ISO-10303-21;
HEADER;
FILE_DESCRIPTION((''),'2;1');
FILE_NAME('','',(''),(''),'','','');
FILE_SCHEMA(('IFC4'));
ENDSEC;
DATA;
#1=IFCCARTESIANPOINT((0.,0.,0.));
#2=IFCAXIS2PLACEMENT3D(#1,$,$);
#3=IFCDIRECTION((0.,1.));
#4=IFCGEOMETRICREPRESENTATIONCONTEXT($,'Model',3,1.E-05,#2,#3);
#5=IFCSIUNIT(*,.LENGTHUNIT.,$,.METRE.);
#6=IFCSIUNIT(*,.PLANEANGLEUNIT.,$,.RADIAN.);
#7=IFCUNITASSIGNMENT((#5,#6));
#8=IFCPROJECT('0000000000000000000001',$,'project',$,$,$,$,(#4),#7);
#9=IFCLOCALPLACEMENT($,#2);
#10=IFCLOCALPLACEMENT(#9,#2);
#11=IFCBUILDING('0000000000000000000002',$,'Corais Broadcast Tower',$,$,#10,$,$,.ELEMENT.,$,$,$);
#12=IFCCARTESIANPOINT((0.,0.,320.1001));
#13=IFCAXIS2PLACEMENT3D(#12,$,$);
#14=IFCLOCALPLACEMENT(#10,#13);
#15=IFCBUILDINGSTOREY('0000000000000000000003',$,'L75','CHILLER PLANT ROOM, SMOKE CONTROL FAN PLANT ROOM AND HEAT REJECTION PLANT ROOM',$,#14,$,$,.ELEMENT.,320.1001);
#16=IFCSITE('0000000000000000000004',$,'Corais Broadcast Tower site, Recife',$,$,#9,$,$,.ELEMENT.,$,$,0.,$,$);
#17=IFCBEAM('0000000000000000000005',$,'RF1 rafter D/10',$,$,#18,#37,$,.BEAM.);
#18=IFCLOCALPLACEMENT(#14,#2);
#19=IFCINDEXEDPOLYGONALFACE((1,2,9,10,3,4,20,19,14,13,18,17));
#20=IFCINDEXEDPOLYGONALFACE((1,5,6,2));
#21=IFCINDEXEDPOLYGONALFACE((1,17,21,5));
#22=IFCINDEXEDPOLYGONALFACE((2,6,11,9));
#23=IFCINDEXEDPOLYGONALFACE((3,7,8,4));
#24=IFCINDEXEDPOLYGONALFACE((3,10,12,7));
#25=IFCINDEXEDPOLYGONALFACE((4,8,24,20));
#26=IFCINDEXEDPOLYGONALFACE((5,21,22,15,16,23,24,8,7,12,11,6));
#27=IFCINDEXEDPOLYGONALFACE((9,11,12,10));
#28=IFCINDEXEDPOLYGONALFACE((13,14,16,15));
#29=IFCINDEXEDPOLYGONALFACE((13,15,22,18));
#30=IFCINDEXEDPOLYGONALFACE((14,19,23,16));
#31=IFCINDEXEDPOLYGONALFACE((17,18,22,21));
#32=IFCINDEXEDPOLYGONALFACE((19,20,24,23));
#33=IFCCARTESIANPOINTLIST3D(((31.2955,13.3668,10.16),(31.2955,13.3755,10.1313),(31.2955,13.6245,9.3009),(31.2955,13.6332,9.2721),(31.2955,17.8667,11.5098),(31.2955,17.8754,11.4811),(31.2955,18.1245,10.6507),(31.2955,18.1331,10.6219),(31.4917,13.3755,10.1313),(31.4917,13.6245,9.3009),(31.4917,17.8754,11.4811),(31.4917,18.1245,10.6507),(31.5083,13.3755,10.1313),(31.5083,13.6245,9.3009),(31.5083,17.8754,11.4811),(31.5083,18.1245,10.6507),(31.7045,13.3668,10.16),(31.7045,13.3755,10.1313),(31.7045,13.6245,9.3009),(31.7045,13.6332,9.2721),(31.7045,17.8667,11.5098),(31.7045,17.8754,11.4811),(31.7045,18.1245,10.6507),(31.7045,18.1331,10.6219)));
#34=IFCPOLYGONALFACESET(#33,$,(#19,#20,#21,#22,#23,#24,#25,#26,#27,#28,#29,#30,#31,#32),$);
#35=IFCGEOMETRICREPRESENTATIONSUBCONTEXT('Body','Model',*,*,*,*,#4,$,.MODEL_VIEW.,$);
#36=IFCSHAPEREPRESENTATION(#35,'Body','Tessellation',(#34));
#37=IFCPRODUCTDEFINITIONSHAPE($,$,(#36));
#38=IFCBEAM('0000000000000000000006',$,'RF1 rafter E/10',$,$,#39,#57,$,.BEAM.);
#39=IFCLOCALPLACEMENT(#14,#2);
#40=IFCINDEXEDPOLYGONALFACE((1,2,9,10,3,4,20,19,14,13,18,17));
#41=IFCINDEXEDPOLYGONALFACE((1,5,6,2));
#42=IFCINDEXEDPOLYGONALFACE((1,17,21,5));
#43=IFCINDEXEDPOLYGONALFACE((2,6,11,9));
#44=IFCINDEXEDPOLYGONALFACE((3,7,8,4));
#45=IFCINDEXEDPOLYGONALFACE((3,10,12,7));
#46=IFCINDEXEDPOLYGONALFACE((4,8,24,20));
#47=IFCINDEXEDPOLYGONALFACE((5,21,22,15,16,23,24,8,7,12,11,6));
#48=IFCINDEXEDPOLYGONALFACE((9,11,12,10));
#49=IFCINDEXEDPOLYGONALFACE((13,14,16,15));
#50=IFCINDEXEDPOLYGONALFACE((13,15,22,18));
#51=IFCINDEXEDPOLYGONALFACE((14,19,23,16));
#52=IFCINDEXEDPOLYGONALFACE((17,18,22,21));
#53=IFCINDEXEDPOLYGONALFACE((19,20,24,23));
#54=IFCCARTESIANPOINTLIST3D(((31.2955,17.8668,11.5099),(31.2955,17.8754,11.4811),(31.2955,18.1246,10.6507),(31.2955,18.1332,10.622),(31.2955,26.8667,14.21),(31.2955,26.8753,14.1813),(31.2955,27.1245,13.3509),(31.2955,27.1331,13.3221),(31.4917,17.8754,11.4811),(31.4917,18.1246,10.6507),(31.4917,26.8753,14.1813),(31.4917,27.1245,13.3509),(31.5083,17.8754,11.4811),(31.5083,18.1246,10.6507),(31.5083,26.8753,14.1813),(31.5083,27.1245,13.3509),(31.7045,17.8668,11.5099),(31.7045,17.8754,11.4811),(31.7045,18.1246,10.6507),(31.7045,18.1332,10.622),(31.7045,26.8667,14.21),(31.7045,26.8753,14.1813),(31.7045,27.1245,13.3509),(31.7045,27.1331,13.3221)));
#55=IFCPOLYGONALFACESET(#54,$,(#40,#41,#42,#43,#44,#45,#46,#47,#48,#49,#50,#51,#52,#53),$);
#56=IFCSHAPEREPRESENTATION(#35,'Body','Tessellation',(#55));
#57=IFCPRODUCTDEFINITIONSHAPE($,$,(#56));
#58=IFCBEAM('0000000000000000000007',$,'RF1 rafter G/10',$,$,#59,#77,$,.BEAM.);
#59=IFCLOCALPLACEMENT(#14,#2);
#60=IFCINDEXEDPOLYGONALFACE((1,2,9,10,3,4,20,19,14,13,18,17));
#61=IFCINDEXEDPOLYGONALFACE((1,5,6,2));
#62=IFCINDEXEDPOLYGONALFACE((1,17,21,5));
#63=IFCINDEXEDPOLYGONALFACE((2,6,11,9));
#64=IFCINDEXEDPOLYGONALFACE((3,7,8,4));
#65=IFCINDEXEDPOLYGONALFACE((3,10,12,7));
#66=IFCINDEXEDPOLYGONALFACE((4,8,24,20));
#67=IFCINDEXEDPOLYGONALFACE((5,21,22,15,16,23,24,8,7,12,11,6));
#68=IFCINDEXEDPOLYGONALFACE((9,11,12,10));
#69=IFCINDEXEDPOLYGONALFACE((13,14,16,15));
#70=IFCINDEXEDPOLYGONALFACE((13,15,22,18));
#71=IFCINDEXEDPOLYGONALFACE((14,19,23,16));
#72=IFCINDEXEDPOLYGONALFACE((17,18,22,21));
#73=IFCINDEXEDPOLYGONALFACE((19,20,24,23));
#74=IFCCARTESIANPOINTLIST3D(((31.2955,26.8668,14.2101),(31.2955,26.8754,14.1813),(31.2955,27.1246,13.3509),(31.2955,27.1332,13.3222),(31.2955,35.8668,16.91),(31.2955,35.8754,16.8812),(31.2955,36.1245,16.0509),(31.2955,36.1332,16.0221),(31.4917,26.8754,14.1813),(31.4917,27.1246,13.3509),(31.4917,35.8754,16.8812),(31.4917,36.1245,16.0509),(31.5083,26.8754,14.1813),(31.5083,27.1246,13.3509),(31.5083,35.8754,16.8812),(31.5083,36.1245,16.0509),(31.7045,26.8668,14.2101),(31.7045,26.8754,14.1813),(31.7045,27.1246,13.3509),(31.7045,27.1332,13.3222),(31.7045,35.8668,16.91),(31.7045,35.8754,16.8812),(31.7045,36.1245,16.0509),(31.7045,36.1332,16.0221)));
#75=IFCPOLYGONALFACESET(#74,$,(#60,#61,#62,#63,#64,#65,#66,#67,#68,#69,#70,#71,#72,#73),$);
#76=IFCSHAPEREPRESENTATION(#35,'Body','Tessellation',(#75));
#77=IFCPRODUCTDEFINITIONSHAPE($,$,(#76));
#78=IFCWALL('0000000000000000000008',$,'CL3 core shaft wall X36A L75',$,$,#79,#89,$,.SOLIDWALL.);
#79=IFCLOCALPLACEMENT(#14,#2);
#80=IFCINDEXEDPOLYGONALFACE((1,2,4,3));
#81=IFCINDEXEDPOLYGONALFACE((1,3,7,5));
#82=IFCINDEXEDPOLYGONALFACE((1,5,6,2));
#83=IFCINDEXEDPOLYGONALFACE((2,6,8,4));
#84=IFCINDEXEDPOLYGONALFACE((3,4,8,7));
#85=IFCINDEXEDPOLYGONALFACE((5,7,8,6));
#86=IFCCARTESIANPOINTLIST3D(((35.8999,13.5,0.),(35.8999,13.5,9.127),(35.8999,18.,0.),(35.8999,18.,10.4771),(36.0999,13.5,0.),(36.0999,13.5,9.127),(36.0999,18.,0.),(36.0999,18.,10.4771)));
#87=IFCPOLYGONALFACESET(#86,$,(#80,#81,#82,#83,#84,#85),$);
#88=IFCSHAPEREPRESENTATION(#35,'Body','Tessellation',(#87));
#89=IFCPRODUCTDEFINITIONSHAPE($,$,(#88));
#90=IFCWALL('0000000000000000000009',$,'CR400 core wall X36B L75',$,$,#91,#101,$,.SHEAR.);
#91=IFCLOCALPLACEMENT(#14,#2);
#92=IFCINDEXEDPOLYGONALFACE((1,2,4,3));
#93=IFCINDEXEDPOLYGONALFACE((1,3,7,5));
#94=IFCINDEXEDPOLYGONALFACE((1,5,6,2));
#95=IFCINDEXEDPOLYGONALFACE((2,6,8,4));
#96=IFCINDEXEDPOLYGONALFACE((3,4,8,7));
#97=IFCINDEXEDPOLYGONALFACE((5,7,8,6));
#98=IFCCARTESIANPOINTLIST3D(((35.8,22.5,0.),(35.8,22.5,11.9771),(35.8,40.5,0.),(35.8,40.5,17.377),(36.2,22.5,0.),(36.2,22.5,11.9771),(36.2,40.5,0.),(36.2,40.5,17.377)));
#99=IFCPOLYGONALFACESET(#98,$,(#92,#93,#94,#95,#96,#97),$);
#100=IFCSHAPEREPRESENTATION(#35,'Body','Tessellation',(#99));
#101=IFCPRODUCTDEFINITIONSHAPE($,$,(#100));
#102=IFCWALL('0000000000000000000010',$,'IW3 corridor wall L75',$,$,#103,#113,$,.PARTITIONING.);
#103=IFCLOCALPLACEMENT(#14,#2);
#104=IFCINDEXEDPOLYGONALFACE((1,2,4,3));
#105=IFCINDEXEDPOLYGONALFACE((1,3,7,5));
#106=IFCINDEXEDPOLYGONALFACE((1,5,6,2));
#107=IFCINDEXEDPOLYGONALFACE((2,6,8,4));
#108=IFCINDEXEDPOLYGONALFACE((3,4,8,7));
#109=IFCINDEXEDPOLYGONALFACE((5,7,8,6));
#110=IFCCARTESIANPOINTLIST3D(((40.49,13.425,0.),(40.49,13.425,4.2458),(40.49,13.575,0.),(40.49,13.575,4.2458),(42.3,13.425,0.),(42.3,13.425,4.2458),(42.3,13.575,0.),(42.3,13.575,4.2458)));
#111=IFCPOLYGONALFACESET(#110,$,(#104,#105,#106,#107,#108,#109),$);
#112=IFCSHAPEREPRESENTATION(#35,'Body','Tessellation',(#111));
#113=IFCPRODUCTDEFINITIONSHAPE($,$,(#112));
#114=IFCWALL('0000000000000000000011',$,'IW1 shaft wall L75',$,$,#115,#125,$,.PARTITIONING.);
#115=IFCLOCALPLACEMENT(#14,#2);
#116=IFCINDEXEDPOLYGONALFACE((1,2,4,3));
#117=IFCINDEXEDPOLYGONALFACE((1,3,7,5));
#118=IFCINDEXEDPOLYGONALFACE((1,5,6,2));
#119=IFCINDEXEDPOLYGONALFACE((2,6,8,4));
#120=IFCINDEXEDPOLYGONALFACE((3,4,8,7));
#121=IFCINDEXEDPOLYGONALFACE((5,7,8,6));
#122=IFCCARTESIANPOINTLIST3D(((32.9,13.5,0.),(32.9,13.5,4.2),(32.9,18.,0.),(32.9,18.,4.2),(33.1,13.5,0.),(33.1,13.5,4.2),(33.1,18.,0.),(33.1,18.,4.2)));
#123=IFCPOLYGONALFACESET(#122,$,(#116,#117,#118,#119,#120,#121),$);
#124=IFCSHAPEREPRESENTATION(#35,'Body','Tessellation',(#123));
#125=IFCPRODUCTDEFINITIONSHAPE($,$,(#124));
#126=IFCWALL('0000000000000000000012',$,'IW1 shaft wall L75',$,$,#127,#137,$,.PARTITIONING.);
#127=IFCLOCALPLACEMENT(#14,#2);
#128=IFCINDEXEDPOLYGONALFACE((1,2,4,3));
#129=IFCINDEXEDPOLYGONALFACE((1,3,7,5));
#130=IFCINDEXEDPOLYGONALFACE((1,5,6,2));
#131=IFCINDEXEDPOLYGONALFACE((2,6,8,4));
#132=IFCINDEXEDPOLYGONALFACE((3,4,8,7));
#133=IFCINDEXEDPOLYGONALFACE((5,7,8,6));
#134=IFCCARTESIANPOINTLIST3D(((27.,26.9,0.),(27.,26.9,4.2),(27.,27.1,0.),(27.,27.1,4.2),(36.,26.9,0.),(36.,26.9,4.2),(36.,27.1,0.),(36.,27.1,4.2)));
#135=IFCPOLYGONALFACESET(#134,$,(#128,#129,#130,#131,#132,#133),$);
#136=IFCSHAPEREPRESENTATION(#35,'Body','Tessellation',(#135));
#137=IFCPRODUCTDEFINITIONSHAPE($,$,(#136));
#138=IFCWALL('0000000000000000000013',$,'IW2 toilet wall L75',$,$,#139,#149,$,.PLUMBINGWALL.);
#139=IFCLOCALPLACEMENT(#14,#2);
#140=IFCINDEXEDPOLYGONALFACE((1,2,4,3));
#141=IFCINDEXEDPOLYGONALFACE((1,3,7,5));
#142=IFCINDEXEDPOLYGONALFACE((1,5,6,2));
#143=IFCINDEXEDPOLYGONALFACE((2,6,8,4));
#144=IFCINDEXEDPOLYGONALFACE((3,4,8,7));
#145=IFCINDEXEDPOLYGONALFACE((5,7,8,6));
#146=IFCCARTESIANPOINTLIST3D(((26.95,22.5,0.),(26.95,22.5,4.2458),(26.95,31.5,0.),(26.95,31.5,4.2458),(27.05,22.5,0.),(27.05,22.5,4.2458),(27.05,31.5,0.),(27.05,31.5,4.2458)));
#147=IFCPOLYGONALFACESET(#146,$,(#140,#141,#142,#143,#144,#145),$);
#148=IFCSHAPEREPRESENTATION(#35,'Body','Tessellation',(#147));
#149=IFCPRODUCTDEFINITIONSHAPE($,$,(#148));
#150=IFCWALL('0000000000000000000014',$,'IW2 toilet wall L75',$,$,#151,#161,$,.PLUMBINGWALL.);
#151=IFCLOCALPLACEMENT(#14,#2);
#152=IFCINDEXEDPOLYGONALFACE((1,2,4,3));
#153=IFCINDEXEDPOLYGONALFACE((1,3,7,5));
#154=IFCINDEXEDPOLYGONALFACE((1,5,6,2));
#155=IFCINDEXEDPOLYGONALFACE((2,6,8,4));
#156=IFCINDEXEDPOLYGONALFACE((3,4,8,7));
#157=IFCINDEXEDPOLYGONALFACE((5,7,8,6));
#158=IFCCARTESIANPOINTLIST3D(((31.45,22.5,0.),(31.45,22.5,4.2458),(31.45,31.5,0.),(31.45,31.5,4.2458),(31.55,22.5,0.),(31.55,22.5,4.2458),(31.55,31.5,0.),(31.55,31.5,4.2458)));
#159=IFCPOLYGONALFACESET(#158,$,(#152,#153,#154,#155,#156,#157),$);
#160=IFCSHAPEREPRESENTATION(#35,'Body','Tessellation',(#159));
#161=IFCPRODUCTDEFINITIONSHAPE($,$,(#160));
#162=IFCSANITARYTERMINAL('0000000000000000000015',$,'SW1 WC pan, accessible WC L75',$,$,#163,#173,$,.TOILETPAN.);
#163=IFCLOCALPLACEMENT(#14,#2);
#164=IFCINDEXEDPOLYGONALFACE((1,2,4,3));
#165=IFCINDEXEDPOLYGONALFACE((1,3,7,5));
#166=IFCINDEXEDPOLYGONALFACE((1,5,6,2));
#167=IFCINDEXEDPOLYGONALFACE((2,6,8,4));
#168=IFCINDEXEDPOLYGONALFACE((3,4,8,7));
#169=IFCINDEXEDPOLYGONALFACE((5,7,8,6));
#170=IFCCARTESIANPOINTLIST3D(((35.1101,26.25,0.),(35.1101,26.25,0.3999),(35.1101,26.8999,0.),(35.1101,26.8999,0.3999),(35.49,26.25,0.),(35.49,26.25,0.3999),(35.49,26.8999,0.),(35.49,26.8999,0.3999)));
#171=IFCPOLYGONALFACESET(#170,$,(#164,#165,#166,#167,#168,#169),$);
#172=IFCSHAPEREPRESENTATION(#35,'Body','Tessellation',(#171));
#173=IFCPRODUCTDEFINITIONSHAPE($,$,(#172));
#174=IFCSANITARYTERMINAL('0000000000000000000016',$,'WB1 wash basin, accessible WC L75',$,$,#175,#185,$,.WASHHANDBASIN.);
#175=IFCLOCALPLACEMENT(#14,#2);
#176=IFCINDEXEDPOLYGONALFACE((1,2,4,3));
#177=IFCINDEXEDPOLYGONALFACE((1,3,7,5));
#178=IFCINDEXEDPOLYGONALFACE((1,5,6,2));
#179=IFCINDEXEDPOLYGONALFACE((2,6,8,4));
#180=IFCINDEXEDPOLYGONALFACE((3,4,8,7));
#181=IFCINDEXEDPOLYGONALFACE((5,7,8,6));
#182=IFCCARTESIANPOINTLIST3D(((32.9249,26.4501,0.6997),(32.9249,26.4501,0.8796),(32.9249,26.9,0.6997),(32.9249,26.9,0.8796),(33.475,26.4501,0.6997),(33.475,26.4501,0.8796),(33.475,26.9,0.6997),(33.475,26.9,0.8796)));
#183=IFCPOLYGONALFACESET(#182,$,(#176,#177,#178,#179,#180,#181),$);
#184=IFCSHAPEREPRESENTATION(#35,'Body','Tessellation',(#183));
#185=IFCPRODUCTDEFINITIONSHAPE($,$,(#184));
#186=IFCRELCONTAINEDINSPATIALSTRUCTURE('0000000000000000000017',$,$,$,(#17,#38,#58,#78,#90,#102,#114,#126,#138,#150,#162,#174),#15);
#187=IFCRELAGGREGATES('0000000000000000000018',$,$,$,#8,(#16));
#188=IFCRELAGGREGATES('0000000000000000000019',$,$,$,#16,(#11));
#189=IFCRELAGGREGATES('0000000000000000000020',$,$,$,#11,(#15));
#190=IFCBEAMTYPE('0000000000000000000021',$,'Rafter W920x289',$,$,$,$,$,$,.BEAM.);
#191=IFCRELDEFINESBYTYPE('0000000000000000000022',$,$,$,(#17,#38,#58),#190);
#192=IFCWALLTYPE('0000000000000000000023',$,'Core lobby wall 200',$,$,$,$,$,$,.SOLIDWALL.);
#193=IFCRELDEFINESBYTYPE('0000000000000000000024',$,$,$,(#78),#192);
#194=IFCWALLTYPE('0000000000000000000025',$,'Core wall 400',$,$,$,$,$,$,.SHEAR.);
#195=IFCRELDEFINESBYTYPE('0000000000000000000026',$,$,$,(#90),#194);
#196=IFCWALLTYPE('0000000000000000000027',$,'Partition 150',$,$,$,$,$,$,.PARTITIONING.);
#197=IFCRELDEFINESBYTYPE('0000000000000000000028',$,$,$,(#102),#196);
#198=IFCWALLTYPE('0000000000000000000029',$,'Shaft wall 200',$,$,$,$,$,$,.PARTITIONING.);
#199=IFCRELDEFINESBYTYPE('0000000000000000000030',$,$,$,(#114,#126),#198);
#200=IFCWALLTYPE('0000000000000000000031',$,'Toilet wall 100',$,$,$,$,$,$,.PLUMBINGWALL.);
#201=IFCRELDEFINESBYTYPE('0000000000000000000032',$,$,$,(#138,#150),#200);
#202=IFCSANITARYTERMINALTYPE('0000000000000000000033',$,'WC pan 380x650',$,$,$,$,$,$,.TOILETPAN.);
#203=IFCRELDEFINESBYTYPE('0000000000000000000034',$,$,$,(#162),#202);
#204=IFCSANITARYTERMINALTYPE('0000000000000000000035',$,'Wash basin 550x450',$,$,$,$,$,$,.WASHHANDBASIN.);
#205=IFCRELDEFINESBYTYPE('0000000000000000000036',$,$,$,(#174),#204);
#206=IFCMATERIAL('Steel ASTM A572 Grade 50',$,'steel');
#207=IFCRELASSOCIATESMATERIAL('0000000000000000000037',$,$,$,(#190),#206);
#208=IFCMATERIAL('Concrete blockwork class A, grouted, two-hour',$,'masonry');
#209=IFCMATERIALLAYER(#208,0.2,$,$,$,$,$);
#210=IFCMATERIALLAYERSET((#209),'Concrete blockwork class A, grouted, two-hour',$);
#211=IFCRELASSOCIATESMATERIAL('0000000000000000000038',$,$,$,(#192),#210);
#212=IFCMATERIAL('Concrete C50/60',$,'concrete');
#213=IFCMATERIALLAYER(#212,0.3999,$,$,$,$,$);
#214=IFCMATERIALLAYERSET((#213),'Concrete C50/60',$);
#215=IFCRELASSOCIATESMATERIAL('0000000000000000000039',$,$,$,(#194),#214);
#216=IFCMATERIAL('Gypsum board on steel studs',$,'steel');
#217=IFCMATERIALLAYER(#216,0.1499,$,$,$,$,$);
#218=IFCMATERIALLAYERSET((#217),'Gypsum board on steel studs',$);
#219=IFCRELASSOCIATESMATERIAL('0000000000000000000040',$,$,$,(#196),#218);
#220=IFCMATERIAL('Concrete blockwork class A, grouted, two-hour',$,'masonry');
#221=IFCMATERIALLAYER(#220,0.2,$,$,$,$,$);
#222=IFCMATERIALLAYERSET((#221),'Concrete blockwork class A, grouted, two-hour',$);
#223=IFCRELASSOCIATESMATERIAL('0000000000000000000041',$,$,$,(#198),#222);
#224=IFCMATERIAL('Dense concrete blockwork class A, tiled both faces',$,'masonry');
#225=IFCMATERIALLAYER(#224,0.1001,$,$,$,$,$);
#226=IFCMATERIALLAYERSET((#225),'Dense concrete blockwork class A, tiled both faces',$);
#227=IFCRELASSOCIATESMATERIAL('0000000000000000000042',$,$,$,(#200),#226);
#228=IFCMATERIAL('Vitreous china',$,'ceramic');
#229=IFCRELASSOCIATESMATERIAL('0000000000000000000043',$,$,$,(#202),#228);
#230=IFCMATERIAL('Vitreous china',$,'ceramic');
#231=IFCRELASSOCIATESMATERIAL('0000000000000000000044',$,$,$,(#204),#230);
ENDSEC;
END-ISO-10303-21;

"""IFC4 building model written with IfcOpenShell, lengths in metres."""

from ifc_helpers import new_model, si_unit, direction, frame, frame_2d, origin, origin_2d, place, context, subcontext, project, spatial, polyline, rectangle, i_section, outline, extrude, material, layer, layer_set, material_profile, profile_set, type_object, element, save


model = new_model("IFC4")

# Units and contexts
model_context = context("Model", 3, precision=1e-05, world=origin(), true_north=direction((0.0, 1.0)))
body_context = subcontext(model_context, "Body", "Model", "MODEL_VIEW")
ifc_project = project(units=[si_unit("LENGTHUNIT", "METRE"), si_unit("PLANEANGLEUNIT", "RADIAN")], contexts=[model_context])

# Site, building, storey
site_placement = place(None, origin())
site = spatial("IfcSite", under=ifc_project, at=site_placement, Name="Corais Broadcast Tower site, Recife", CompositionType="ELEMENT", RefElevation=0.0)
building_placement = place(site_placement, origin())
building = spatial("IfcBuilding", under=site, at=building_placement, Name="Corais Broadcast Tower", CompositionType="ELEMENT")
storey_placement = place(building_placement, frame((0.0, 0.0, 320.1001)))
storey = spatial("IfcBuildingStorey", under=building, at=storey_placement, Name="L75", Description="CHILLER PLANT ROOM, SMOKE CONTROL FAN PLANT ROOM AND HEAT REJECTION PLANT ROOM", CompositionType="ELEMENT", Elevation=320.1001)

# Beams
ifc_material_1 = material(Name="Steel ASTM A572 Grade 50", Category="steel")
ifc_material_profile_1 = material_profile(ifc_material_1, i_section(OverallWidth=0.4089, OverallDepth=0.927, WebThickness=0.0166, FlangeThickness=0.03, at=origin_2d()), Name="W920x289")
ifc_profile_set_1 = profile_set([ifc_material_profile_1], Name="Steel ASTM A572 Grade 50")
beam_type_1 = type_object("IfcBeamType", Name="Rafter W920x289", PredefinedType="BEAM", material=ifc_profile_set_1)
beam_1_placement = place(storey_placement, frame((31.5, 13.5, 9.7161), z_axis=(0.0, 0.957835, 0.287319), x_axis=(-1.0, 0.0, 0.0)))
element("IfcBeam", 1, at=beam_1_placement, inside=storey, type_object=beam_type_1, Name="RF1 rafter D/10", PredefinedType="BEAM", context=body_context, shape_type="SweptSolid", body=[
    extrude(i_section(OverallWidth=0.4089, OverallDepth=0.927, WebThickness=0.0166, FlangeThickness=0.03, at=origin_2d()), origin(), (0.0, 0.0, 1.0), 4.698),
])
for number, where, z_axis, x_axis, name in (
    (2, (31.5, 18.0, 11.0659), (0.0, 0.957821, 0.287367), (-1.0, 0.0, 0.0), "RF1 rafter E/10"),
    (3, (31.5, 27.0, 13.7661), (0.0, 0.957828, 0.287343), (-1.0, 0.0, 0.0), "RF1 rafter G/10"),
):
    element("IfcBeam", number, at=place(storey_placement, frame(where, z_axis=z_axis, x_axis=x_axis)), inside=storey, type_object=beam_type_1, Name=name, PredefinedType="BEAM", context=body_context, shape_type="SweptSolid", body=[
        extrude(i_section(OverallWidth=0.4089, OverallDepth=0.927, WebThickness=0.0166, FlangeThickness=0.03, at=origin_2d()), origin(), (0.0, 0.0, 1.0), 9.3962),
    ])

# Walls
ifc_material_2 = material(Name="Concrete blockwork class A, grouted, two-hour", Category="masonry")
ifc_layer_1 = layer(ifc_material_2, 0.2)
ifc_layer_set_1 = layer_set([ifc_layer_1], Name="Concrete blockwork class A, grouted, two-hour")
wall_type_1 = type_object("IfcWallType", Name="Core lobby wall 200", PredefinedType="SOLIDWALL", material=ifc_layer_set_1)
wall_1_placement = place(storey_placement, frame((36.0, 13.5, 0.0), z_axis=(0.0, 0.0, 1.0), x_axis=(0.0, 1.0, 0.0)))
element("IfcWall", 4, at=wall_1_placement, inside=storey, type_object=wall_type_1, Name="CL3 core shaft wall X36A L75", PredefinedType="SOLIDWALL", context=body_context, shape_type="SweptSolid", body=[
    extrude(outline(polyline([(0.0, 0.0), (4.5, 0.0), (4.5, 10.4771), (0.0, 9.127), (0.0, 0.0)])), frame((0.0, 0.1001, 0.0), z_axis=(0.0, -1.0, 0.0), x_axis=(1.0, 0.0, 0.0)), (0.0, 0.0, 1.0), 0.2),
])
ifc_material_3 = material(Name="Concrete C50/60", Category="concrete")
ifc_layer_2 = layer(ifc_material_3, 0.3999)
ifc_layer_set_2 = layer_set([ifc_layer_2], Name="Concrete C50/60")
wall_type_2 = type_object("IfcWallType", Name="Core wall 400", PredefinedType="SHEAR", material=ifc_layer_set_2)
wall_2_placement = place(storey_placement, frame((36.0, 22.5, 0.0), z_axis=(0.0, 0.0, 1.0), x_axis=(0.0, 1.0, 0.0)))
element("IfcWall", 5, at=wall_2_placement, inside=storey, type_object=wall_type_2, Name="CR400 core wall X36B L75", PredefinedType="SHEAR", context=body_context, shape_type="SweptSolid", body=[
    extrude(outline(polyline([(0.0, 0.0), (18.0, 0.0), (18.0, 17.377), (0.0, 11.9771), (0.0, 0.0)])), frame((0.0, 0.2, 0.0), z_axis=(0.0, -1.0, 0.0), x_axis=(1.0, 0.0, 0.0)), (0.0, 0.0, 1.0), 0.3999),
])
ifc_material_4 = material(Name="Gypsum board on steel studs", Category="steel")
ifc_layer_3 = layer(ifc_material_4, 0.1499)
ifc_layer_set_3 = layer_set([ifc_layer_3], Name="Gypsum board on steel studs")
wall_type_3 = type_object("IfcWallType", Name="Partition 150", PredefinedType="PARTITIONING", material=ifc_layer_set_3)
wall_3_placement = place(storey_placement, frame((40.49, 13.5, 0.0), z_axis=(0.0, 0.0, 1.0), x_axis=(1.0, 0.0, 0.0)))
element("IfcWall", 6, at=wall_3_placement, inside=storey, type_object=wall_type_3, Name="IW3 corridor wall L75", PredefinedType="PARTITIONING", context=body_context, shape_type="SweptSolid", body=[
    extrude(rectangle(XDim=1.8101, YDim=0.1499, at=frame_2d((0.905, 0.0))), origin(), (0.0, 0.0, 1.0), 4.2458),
])
ifc_material_5 = material(Name="Concrete blockwork class A, grouted, two-hour", Category="masonry")
ifc_layer_4 = layer(ifc_material_5, 0.2)
ifc_layer_set_4 = layer_set([ifc_layer_4], Name="Concrete blockwork class A, grouted, two-hour")
wall_type_4 = type_object("IfcWallType", Name="Shaft wall 200", PredefinedType="PARTITIONING", material=ifc_layer_set_4)
wall_4_placement = place(storey_placement, frame((33.0, 13.5, 0.0), z_axis=(0.0, 0.0, 1.0), x_axis=(0.0, 1.0, 0.0)))
element("IfcWall", 7, at=wall_4_placement, inside=storey, type_object=wall_type_4, Name="IW1 shaft wall L75", PredefinedType="PARTITIONING", context=body_context, shape_type="SweptSolid", body=[
    extrude(rectangle(XDim=4.5, YDim=0.2, at=frame_2d((2.25, 0.0))), origin(), (0.0, 0.0, 1.0), 4.2),
])
wall_5_placement = place(storey_placement, frame((27.0, 27.0, 0.0), z_axis=(0.0, 0.0, 1.0), x_axis=(1.0, 0.0, 0.0)))
element("IfcWall", 8, at=wall_5_placement, inside=storey, type_object=wall_type_4, Name="IW1 shaft wall L75", PredefinedType="PARTITIONING", context=body_context, shape_type="SweptSolid", body=[
    extrude(rectangle(XDim=9.0, YDim=0.2, at=frame_2d((4.5, 0.0))), origin(), (0.0, 0.0, 1.0), 4.2),
])
ifc_material_6 = material(Name="Dense concrete blockwork class A, tiled both faces", Category="masonry")
ifc_layer_5 = layer(ifc_material_6, 0.1001)
ifc_layer_set_5 = layer_set([ifc_layer_5], Name="Dense concrete blockwork class A, tiled both faces")
wall_type_5 = type_object("IfcWallType", Name="Toilet wall 100", PredefinedType="PLUMBINGWALL", material=ifc_layer_set_5)
for number, where, z_axis, x_axis, name in (
    (9, (27.0, 22.5, 0.0), (0.0, 0.0, 1.0), (0.0, 1.0, 0.0), "IW2 toilet wall L75"),
    (10, (31.5, 22.5, 0.0), (0.0, 0.0, 1.0), (0.0, 1.0, 0.0), "IW2 toilet wall L75"),
):
    element("IfcWall", number, at=place(storey_placement, frame(where, z_axis=z_axis, x_axis=x_axis)), inside=storey, type_object=wall_type_5, Name=name, PredefinedType="PLUMBINGWALL", context=body_context, shape_type="SweptSolid", body=[
        extrude(rectangle(XDim=9.0, YDim=0.1001, at=frame_2d((4.5, 0.0))), origin(), (0.0, 0.0, 1.0), 4.2458),
    ])

# Sanitary terminals
ifc_material_7 = material(Name="Vitreous china", Category="ceramic")
sanitary_terminal_type_1 = type_object("IfcSanitaryTerminalType", Name="WC pan 380x650", PredefinedType="TOILETPAN", material=ifc_material_7)
sanitary_terminal_1_placement = place(storey_placement, frame((35.3, 26.575, 0.0), z_axis=(0.0, 0.0, 1.0), x_axis=(1.0, 0.0, 0.0)))
element("IfcSanitaryTerminal", 11, at=sanitary_terminal_1_placement, inside=storey, type_object=sanitary_terminal_type_1, Name="SW1 WC pan, accessible WC L75", PredefinedType="TOILETPAN", context=body_context, shape_type="SweptSolid", body=[
    extrude(rectangle(XDim=0.3799, YDim=0.6499, at=origin_2d()), origin(), (0.0, 0.0, 1.0), 0.3999),
])
ifc_material_8 = material(Name="Vitreous china", Category="ceramic")
sanitary_terminal_type_2 = type_object("IfcSanitaryTerminalType", Name="Wash basin 550x450", PredefinedType="WASHHANDBASIN", material=ifc_material_8)
sanitary_terminal_2_placement = place(storey_placement, frame((33.2, 26.675, 0.6997), z_axis=(0.0, 0.0, 1.0), x_axis=(1.0, 0.0, 0.0)))
element("IfcSanitaryTerminal", 12, at=sanitary_terminal_2_placement, inside=storey, type_object=sanitary_terminal_type_2, Name="WB1 wash basin, accessible WC L75", PredefinedType="WASHHANDBASIN", context=body_context, shape_type="SweptSolid", body=[
    extrude(rectangle(XDim=0.55, YDim=0.45, at=origin_2d()), origin(), (0.0, 0.0, 1.0), 0.1799),
])

save(model, "model.ifc")
